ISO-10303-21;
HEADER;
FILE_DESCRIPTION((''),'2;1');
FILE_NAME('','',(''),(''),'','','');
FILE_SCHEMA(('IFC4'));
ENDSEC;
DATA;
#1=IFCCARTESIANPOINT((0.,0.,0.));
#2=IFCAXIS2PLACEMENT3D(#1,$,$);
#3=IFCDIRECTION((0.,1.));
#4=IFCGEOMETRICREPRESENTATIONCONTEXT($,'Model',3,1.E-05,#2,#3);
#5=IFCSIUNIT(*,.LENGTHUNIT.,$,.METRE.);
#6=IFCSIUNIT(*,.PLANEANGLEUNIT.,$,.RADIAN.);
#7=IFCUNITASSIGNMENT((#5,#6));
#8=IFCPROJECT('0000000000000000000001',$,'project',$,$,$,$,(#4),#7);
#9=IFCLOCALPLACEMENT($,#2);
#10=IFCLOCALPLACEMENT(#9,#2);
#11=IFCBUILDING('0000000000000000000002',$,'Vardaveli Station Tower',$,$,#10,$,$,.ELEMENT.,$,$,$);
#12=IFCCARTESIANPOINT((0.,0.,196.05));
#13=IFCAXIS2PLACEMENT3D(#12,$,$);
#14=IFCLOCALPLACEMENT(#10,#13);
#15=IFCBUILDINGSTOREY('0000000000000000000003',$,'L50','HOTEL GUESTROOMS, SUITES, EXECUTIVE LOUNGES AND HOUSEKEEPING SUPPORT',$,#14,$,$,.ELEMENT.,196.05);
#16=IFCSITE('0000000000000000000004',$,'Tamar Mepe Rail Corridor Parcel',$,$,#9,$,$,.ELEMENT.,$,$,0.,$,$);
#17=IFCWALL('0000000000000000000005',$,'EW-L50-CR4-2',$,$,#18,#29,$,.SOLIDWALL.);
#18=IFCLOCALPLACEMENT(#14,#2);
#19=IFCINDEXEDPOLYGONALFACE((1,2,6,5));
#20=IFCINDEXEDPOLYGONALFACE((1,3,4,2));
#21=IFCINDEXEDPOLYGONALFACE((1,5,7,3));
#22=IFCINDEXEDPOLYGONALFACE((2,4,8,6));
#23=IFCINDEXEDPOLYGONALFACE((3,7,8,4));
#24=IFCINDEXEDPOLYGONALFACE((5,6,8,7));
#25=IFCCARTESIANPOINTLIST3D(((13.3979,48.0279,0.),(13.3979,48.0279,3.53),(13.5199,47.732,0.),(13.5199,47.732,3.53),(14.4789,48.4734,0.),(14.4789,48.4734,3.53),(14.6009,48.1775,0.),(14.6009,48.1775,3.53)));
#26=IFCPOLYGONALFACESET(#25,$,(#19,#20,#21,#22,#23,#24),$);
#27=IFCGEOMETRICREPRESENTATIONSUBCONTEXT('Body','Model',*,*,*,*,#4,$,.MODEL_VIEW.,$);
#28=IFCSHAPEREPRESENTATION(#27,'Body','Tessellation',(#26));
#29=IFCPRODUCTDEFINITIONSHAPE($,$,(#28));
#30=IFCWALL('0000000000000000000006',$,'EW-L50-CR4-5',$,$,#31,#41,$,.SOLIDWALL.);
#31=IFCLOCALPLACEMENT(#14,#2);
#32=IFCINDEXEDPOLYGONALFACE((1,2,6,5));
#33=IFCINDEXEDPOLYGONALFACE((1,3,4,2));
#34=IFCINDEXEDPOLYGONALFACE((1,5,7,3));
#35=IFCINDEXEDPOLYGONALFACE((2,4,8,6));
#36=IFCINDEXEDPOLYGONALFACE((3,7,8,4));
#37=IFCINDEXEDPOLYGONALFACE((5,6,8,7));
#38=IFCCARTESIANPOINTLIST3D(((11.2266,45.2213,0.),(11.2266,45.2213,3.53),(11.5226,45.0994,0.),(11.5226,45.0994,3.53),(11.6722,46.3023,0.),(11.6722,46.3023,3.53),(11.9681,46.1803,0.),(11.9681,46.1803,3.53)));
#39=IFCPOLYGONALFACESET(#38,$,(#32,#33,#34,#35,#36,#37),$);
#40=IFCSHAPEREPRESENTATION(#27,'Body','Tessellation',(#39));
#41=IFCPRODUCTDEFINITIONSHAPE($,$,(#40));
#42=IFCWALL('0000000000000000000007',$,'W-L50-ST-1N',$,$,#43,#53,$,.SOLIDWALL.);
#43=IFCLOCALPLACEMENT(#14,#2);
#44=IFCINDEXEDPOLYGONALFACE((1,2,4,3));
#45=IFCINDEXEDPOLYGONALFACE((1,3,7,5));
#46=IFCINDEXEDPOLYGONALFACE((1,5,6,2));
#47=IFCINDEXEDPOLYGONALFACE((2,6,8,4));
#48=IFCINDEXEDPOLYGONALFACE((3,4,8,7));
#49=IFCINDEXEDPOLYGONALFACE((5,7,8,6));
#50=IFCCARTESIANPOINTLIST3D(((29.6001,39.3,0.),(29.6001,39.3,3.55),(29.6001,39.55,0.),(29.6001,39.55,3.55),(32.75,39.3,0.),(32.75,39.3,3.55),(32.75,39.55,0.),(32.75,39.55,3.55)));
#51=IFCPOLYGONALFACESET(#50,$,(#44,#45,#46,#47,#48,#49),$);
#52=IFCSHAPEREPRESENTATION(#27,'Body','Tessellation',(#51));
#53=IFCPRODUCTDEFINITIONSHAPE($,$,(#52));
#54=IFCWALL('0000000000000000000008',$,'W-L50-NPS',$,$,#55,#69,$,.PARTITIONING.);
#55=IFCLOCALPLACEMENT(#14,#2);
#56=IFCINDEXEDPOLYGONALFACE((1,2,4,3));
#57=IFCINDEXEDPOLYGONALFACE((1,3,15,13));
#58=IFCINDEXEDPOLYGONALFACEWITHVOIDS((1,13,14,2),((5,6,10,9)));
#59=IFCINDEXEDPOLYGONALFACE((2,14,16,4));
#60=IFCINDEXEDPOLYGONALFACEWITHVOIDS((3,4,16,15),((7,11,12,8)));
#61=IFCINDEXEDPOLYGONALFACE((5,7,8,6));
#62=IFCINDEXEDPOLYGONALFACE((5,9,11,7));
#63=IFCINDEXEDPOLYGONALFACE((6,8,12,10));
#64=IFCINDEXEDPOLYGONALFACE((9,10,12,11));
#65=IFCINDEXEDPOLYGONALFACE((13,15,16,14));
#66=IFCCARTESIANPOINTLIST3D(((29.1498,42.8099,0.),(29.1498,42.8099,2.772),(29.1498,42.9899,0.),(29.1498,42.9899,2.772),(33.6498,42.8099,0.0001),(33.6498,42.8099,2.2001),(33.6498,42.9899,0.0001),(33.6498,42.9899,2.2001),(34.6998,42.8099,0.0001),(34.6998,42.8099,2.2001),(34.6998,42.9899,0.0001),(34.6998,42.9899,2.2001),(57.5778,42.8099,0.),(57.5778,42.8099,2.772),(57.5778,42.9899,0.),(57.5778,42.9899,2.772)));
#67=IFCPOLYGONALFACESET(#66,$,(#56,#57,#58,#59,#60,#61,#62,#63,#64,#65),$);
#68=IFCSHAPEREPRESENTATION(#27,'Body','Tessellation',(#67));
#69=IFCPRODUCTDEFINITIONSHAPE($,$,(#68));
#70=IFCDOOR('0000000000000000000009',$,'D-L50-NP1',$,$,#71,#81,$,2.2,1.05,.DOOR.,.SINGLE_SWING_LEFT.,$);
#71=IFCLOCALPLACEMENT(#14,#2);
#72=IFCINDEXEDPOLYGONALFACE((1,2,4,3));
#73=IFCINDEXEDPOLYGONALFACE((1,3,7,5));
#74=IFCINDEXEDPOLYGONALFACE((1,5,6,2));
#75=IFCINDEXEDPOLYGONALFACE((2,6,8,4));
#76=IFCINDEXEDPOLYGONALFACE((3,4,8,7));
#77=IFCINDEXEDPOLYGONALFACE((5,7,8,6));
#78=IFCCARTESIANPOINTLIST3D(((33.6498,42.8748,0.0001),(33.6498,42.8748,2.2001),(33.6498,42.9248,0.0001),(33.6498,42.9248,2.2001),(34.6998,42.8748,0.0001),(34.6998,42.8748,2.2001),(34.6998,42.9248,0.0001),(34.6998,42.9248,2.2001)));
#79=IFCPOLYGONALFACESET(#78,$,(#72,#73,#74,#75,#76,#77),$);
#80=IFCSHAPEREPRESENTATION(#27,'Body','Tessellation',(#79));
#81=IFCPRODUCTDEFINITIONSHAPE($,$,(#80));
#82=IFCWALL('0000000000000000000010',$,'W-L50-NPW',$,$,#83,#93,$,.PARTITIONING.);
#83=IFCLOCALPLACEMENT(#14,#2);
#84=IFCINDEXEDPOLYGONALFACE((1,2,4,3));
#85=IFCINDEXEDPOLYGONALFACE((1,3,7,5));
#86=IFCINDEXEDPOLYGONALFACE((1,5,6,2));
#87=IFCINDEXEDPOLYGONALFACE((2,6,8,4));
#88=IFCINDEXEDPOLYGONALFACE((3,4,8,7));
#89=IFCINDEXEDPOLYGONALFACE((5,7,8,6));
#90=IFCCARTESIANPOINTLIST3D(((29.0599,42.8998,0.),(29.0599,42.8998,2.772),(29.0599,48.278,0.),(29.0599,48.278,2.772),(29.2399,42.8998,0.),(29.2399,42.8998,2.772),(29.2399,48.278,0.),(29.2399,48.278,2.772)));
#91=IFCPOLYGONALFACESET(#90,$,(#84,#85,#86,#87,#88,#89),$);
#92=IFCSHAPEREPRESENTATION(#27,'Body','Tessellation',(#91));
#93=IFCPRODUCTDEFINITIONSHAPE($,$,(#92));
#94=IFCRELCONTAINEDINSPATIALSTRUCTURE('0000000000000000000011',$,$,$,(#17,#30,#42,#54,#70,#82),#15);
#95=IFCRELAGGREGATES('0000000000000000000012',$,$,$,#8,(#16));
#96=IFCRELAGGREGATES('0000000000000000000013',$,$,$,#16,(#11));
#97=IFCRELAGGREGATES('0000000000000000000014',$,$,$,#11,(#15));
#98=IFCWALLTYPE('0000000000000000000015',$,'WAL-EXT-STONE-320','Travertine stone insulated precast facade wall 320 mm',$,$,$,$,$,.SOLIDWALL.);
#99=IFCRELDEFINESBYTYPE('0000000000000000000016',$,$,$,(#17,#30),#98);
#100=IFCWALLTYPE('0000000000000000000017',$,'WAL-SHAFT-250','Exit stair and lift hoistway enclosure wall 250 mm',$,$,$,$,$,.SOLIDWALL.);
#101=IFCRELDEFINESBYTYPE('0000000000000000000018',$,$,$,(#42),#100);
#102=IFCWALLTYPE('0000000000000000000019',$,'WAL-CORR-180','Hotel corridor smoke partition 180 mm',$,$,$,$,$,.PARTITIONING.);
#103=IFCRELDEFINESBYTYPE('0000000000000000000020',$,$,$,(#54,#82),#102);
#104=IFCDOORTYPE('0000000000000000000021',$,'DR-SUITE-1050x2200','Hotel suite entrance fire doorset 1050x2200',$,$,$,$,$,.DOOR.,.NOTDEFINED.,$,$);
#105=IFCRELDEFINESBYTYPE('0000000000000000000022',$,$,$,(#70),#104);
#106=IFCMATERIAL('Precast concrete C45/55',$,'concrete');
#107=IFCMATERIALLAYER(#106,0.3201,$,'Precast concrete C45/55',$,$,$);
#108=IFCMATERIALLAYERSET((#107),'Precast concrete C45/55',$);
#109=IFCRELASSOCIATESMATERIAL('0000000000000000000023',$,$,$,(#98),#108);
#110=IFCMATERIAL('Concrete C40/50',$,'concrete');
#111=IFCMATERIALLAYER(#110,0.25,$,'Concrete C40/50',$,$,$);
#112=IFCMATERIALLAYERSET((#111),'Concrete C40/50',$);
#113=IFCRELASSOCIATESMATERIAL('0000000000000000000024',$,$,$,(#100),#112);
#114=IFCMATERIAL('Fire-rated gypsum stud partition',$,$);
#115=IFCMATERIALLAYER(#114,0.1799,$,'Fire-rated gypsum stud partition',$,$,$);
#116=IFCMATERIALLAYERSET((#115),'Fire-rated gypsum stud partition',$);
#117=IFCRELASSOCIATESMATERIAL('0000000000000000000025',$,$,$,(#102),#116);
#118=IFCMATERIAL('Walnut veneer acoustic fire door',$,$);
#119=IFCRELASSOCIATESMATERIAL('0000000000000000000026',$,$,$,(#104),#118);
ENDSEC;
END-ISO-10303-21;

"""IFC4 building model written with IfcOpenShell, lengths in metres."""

from ifc_helpers import new_model, si_unit, direction, frame, frame_2d, origin, place, context, subcontext, project, spatial, rectangle, extrude, source, transform, mapped, material, layer, layer_set, type_object, element, fill, save


model = new_model("IFC4")

# Units and contexts
model_context = context("Model", 3, precision=1e-05, world=origin(), true_north=direction((0.0, 1.0)))
body_context = subcontext(model_context, "Body", "Model", "MODEL_VIEW")
ifc_project = project(units=[si_unit("LENGTHUNIT", "METRE"), si_unit("PLANEANGLEUNIT", "RADIAN")], contexts=[model_context])

# Site, building, storey
site_placement = place(None, origin())
site = spatial("IfcSite", under=ifc_project, at=site_placement, Name="Tamar Mepe Rail Corridor Parcel", CompositionType="ELEMENT", RefElevation=0.0)
building_placement = place(site_placement, origin())
building = spatial("IfcBuilding", under=site, at=building_placement, Name="Vardaveli Station Tower", CompositionType="ELEMENT")
storey_placement = place(building_placement, frame((0.0, 0.0, 196.05)))
storey = spatial("IfcBuildingStorey", under=building, at=storey_placement, Name="L50", Description="HOTEL GUESTROOMS, SUITES, EXECUTIVE LOUNGES AND HOUSEKEEPING SUPPORT", CompositionType="ELEMENT", Elevation=196.05)

# Shared definitions
ifc_material_1 = material(Name="Precast concrete C45/55", Category="concrete")

# Shared definitions
ifc_layer_1 = layer(ifc_material_1, 0.3201, Name="Precast concrete C45/55")
ifc_layer_set_1 = layer_set([ifc_layer_1], Name="Precast concrete C45/55")
wall_type_1 = type_object("IfcWallType", Name="WAL-EXT-STONE-320", Description="Travertine stone insulated precast facade wall 320 mm", PredefinedType="SOLIDWALL", material=ifc_layer_set_1)

# Walls
shared_shape_1 = source(origin(), body_context, "Body", "SweptSolid", [
    extrude(rectangle(XDim=1.1692, YDim=0.3201, at=frame_2d((0.5845, 0.0))), origin(), (0.0, 0.0, 1.0), 3.53),
])
for number, where, z_axis, x_axis, name in (
    (1, (14.5398, 48.3254, 0.0), (0.0, 0.0, 1.0), (-0.924553, -0.381054, 0.0), "EW-L50-CR4-2"),
    (2, (11.8201, 46.2412, 0.0), (0.0, 0.0, 1.0), (-0.381054, -0.924553, 0.0), "EW-L50-CR4-5"),
):
    element("IfcWall", number, at=place(storey_placement, frame(where, z_axis=z_axis, x_axis=x_axis)), inside=storey, type_object=wall_type_1, Name=name, PredefinedType="SOLIDWALL", context=body_context, shape_type="MappedRepresentation", body=[
        mapped(shared_shape_1, transform((0.0, 0.0, 0.0), scale=1.0)),
    ])
ifc_material_2 = material(Name="Concrete C40/50", Category="concrete")
ifc_layer_2 = layer(ifc_material_2, 0.25, Name="Concrete C40/50")
ifc_layer_set_2 = layer_set([ifc_layer_2], Name="Concrete C40/50")
wall_type_2 = type_object("IfcWallType", Name="WAL-SHAFT-250", Description="Exit stair and lift hoistway enclosure wall 250 mm", PredefinedType="SOLIDWALL", material=ifc_layer_set_2)
shared_shape_2 = source(origin(), body_context, "Body", "SweptSolid", [
    extrude(rectangle(XDim=3.1499, YDim=0.25, at=frame_2d((1.575, 0.0))), origin(), (0.0, 0.0, 1.0), 3.55),
])
wall_1_placement = place(storey_placement, frame((29.6001, 39.425, 0.0), z_axis=(0.0, 0.0, 1.0), x_axis=(1.0, 0.0, 0.0)))
element("IfcWall", 3, at=wall_1_placement, inside=storey, type_object=wall_type_2, Name="W-L50-ST-1N", PredefinedType="SOLIDWALL", context=body_context, shape_type="MappedRepresentation", body=[
    mapped(shared_shape_2, transform((0.0, 0.0, 0.0), scale=1.0)),
])

# Wall, opening, door
ifc_material_3 = material(Name="Fire-rated gypsum stud partition")
ifc_layer_3 = layer(ifc_material_3, 0.1799, Name="Fire-rated gypsum stud partition")
ifc_layer_set_3 = layer_set([ifc_layer_3], Name="Fire-rated gypsum stud partition")
wall_type_3 = type_object("IfcWallType", Name="WAL-CORR-180", Description="Hotel corridor smoke partition 180 mm", PredefinedType="PARTITIONING", material=ifc_layer_set_3)
shared_shape_3 = source(origin(), body_context, "Body", "SweptSolid", [
    extrude(rectangle(XDim=28.428, YDim=0.1799, at=frame_2d((14.2139, 0.0))), origin(), (0.0, 0.0, 1.0), 2.772),
])
wall_2_placement = place(storey_placement, frame((29.1499, 42.8999, 0.0), z_axis=(0.0, 0.0, 1.0), x_axis=(1.0, 0.0, 0.0)))
wall_2 = element("IfcWall", 4, at=wall_2_placement, inside=storey, type_object=wall_type_3, Name="W-L50-NPS", PredefinedType="PARTITIONING", context=body_context, shape_type="MappedRepresentation", body=[
    mapped(shared_shape_3, transform((0.0, 0.0, 0.0), scale=1.0)),
])
shared_shape_4 = source(origin(), body_context, "Body", "SweptSolid", [
    extrude(rectangle(XDim=1.05, YDim=2.2, at=frame_2d((0.5249, 1.1001))), frame((0.0, 0.1001, 0.0), z_axis=(0.0, -1.0, 0.0), x_axis=(1.0, 0.0, 0.0)), (0.0, 0.0, 1.0), 0.2),
])
opening_1_placement = place(wall_2_placement, frame((4.5, 0.0, 0.0)))
opening_1 = element("IfcOpeningElement", 5, at=opening_1_placement, cuts=wall_2, PredefinedType="OPENING", context=body_context, shape_type="MappedRepresentation", body=[
    mapped(shared_shape_4, transform((0.0, 0.0, 0.0), scale=1.0)),
])
ifc_material_4 = material(Name="Walnut veneer acoustic fire door")
door_type_1 = type_object("IfcDoorType", Name="DR-SUITE-1050x2200", Description="Hotel suite entrance fire doorset 1050x2200", OperationType="NOTDEFINED", PredefinedType="DOOR", material=ifc_material_4)
shared_shape_5 = source(origin(), body_context, "Body", "SweptSolid", [
    extrude(rectangle(XDim=1.05, YDim=2.2, at=frame_2d((0.5249, 1.1001))), frame((0.0, 0.0249, 0.0), z_axis=(0.0, -1.0, 0.0), x_axis=(1.0, 0.0, 0.0)), (0.0, 0.0, 1.0), 0.05),
])
door_1_placement = place(opening_1_placement, origin())
door_1 = element("IfcDoor", 6, at=door_1_placement, inside=storey, type_object=door_type_1, Name="D-L50-NP1", OperationType="SINGLE_SWING_LEFT", OverallHeight=2.2, OverallWidth=1.05, PredefinedType="DOOR", context=body_context, shape_type="MappedRepresentation", body=[
    mapped(shared_shape_5, transform((0.0, 0.0, 0.0), scale=1.0)),
])
fill(opening_1, door_1)

# Wall
shared_shape_6 = source(origin(), body_context, "Body", "SweptSolid", [
    extrude(rectangle(XDim=5.3782, YDim=0.1799, at=frame_2d((2.689, 0.0))), origin(), (0.0, 0.0, 1.0), 2.772),
])
wall_3_placement = place(storey_placement, frame((29.1499, 42.8999, 0.0), z_axis=(0.0, 0.0, 1.0), x_axis=(0.0, 1.0, 0.0)))
element("IfcWall", 7, at=wall_3_placement, inside=storey, type_object=wall_type_3, Name="W-L50-NPW", PredefinedType="PARTITIONING", context=body_context, shape_type="MappedRepresentation", body=[
    mapped(shared_shape_6, transform((0.0, 0.0, 0.0), scale=1.0)),
])

save(model, "model.ifc")
